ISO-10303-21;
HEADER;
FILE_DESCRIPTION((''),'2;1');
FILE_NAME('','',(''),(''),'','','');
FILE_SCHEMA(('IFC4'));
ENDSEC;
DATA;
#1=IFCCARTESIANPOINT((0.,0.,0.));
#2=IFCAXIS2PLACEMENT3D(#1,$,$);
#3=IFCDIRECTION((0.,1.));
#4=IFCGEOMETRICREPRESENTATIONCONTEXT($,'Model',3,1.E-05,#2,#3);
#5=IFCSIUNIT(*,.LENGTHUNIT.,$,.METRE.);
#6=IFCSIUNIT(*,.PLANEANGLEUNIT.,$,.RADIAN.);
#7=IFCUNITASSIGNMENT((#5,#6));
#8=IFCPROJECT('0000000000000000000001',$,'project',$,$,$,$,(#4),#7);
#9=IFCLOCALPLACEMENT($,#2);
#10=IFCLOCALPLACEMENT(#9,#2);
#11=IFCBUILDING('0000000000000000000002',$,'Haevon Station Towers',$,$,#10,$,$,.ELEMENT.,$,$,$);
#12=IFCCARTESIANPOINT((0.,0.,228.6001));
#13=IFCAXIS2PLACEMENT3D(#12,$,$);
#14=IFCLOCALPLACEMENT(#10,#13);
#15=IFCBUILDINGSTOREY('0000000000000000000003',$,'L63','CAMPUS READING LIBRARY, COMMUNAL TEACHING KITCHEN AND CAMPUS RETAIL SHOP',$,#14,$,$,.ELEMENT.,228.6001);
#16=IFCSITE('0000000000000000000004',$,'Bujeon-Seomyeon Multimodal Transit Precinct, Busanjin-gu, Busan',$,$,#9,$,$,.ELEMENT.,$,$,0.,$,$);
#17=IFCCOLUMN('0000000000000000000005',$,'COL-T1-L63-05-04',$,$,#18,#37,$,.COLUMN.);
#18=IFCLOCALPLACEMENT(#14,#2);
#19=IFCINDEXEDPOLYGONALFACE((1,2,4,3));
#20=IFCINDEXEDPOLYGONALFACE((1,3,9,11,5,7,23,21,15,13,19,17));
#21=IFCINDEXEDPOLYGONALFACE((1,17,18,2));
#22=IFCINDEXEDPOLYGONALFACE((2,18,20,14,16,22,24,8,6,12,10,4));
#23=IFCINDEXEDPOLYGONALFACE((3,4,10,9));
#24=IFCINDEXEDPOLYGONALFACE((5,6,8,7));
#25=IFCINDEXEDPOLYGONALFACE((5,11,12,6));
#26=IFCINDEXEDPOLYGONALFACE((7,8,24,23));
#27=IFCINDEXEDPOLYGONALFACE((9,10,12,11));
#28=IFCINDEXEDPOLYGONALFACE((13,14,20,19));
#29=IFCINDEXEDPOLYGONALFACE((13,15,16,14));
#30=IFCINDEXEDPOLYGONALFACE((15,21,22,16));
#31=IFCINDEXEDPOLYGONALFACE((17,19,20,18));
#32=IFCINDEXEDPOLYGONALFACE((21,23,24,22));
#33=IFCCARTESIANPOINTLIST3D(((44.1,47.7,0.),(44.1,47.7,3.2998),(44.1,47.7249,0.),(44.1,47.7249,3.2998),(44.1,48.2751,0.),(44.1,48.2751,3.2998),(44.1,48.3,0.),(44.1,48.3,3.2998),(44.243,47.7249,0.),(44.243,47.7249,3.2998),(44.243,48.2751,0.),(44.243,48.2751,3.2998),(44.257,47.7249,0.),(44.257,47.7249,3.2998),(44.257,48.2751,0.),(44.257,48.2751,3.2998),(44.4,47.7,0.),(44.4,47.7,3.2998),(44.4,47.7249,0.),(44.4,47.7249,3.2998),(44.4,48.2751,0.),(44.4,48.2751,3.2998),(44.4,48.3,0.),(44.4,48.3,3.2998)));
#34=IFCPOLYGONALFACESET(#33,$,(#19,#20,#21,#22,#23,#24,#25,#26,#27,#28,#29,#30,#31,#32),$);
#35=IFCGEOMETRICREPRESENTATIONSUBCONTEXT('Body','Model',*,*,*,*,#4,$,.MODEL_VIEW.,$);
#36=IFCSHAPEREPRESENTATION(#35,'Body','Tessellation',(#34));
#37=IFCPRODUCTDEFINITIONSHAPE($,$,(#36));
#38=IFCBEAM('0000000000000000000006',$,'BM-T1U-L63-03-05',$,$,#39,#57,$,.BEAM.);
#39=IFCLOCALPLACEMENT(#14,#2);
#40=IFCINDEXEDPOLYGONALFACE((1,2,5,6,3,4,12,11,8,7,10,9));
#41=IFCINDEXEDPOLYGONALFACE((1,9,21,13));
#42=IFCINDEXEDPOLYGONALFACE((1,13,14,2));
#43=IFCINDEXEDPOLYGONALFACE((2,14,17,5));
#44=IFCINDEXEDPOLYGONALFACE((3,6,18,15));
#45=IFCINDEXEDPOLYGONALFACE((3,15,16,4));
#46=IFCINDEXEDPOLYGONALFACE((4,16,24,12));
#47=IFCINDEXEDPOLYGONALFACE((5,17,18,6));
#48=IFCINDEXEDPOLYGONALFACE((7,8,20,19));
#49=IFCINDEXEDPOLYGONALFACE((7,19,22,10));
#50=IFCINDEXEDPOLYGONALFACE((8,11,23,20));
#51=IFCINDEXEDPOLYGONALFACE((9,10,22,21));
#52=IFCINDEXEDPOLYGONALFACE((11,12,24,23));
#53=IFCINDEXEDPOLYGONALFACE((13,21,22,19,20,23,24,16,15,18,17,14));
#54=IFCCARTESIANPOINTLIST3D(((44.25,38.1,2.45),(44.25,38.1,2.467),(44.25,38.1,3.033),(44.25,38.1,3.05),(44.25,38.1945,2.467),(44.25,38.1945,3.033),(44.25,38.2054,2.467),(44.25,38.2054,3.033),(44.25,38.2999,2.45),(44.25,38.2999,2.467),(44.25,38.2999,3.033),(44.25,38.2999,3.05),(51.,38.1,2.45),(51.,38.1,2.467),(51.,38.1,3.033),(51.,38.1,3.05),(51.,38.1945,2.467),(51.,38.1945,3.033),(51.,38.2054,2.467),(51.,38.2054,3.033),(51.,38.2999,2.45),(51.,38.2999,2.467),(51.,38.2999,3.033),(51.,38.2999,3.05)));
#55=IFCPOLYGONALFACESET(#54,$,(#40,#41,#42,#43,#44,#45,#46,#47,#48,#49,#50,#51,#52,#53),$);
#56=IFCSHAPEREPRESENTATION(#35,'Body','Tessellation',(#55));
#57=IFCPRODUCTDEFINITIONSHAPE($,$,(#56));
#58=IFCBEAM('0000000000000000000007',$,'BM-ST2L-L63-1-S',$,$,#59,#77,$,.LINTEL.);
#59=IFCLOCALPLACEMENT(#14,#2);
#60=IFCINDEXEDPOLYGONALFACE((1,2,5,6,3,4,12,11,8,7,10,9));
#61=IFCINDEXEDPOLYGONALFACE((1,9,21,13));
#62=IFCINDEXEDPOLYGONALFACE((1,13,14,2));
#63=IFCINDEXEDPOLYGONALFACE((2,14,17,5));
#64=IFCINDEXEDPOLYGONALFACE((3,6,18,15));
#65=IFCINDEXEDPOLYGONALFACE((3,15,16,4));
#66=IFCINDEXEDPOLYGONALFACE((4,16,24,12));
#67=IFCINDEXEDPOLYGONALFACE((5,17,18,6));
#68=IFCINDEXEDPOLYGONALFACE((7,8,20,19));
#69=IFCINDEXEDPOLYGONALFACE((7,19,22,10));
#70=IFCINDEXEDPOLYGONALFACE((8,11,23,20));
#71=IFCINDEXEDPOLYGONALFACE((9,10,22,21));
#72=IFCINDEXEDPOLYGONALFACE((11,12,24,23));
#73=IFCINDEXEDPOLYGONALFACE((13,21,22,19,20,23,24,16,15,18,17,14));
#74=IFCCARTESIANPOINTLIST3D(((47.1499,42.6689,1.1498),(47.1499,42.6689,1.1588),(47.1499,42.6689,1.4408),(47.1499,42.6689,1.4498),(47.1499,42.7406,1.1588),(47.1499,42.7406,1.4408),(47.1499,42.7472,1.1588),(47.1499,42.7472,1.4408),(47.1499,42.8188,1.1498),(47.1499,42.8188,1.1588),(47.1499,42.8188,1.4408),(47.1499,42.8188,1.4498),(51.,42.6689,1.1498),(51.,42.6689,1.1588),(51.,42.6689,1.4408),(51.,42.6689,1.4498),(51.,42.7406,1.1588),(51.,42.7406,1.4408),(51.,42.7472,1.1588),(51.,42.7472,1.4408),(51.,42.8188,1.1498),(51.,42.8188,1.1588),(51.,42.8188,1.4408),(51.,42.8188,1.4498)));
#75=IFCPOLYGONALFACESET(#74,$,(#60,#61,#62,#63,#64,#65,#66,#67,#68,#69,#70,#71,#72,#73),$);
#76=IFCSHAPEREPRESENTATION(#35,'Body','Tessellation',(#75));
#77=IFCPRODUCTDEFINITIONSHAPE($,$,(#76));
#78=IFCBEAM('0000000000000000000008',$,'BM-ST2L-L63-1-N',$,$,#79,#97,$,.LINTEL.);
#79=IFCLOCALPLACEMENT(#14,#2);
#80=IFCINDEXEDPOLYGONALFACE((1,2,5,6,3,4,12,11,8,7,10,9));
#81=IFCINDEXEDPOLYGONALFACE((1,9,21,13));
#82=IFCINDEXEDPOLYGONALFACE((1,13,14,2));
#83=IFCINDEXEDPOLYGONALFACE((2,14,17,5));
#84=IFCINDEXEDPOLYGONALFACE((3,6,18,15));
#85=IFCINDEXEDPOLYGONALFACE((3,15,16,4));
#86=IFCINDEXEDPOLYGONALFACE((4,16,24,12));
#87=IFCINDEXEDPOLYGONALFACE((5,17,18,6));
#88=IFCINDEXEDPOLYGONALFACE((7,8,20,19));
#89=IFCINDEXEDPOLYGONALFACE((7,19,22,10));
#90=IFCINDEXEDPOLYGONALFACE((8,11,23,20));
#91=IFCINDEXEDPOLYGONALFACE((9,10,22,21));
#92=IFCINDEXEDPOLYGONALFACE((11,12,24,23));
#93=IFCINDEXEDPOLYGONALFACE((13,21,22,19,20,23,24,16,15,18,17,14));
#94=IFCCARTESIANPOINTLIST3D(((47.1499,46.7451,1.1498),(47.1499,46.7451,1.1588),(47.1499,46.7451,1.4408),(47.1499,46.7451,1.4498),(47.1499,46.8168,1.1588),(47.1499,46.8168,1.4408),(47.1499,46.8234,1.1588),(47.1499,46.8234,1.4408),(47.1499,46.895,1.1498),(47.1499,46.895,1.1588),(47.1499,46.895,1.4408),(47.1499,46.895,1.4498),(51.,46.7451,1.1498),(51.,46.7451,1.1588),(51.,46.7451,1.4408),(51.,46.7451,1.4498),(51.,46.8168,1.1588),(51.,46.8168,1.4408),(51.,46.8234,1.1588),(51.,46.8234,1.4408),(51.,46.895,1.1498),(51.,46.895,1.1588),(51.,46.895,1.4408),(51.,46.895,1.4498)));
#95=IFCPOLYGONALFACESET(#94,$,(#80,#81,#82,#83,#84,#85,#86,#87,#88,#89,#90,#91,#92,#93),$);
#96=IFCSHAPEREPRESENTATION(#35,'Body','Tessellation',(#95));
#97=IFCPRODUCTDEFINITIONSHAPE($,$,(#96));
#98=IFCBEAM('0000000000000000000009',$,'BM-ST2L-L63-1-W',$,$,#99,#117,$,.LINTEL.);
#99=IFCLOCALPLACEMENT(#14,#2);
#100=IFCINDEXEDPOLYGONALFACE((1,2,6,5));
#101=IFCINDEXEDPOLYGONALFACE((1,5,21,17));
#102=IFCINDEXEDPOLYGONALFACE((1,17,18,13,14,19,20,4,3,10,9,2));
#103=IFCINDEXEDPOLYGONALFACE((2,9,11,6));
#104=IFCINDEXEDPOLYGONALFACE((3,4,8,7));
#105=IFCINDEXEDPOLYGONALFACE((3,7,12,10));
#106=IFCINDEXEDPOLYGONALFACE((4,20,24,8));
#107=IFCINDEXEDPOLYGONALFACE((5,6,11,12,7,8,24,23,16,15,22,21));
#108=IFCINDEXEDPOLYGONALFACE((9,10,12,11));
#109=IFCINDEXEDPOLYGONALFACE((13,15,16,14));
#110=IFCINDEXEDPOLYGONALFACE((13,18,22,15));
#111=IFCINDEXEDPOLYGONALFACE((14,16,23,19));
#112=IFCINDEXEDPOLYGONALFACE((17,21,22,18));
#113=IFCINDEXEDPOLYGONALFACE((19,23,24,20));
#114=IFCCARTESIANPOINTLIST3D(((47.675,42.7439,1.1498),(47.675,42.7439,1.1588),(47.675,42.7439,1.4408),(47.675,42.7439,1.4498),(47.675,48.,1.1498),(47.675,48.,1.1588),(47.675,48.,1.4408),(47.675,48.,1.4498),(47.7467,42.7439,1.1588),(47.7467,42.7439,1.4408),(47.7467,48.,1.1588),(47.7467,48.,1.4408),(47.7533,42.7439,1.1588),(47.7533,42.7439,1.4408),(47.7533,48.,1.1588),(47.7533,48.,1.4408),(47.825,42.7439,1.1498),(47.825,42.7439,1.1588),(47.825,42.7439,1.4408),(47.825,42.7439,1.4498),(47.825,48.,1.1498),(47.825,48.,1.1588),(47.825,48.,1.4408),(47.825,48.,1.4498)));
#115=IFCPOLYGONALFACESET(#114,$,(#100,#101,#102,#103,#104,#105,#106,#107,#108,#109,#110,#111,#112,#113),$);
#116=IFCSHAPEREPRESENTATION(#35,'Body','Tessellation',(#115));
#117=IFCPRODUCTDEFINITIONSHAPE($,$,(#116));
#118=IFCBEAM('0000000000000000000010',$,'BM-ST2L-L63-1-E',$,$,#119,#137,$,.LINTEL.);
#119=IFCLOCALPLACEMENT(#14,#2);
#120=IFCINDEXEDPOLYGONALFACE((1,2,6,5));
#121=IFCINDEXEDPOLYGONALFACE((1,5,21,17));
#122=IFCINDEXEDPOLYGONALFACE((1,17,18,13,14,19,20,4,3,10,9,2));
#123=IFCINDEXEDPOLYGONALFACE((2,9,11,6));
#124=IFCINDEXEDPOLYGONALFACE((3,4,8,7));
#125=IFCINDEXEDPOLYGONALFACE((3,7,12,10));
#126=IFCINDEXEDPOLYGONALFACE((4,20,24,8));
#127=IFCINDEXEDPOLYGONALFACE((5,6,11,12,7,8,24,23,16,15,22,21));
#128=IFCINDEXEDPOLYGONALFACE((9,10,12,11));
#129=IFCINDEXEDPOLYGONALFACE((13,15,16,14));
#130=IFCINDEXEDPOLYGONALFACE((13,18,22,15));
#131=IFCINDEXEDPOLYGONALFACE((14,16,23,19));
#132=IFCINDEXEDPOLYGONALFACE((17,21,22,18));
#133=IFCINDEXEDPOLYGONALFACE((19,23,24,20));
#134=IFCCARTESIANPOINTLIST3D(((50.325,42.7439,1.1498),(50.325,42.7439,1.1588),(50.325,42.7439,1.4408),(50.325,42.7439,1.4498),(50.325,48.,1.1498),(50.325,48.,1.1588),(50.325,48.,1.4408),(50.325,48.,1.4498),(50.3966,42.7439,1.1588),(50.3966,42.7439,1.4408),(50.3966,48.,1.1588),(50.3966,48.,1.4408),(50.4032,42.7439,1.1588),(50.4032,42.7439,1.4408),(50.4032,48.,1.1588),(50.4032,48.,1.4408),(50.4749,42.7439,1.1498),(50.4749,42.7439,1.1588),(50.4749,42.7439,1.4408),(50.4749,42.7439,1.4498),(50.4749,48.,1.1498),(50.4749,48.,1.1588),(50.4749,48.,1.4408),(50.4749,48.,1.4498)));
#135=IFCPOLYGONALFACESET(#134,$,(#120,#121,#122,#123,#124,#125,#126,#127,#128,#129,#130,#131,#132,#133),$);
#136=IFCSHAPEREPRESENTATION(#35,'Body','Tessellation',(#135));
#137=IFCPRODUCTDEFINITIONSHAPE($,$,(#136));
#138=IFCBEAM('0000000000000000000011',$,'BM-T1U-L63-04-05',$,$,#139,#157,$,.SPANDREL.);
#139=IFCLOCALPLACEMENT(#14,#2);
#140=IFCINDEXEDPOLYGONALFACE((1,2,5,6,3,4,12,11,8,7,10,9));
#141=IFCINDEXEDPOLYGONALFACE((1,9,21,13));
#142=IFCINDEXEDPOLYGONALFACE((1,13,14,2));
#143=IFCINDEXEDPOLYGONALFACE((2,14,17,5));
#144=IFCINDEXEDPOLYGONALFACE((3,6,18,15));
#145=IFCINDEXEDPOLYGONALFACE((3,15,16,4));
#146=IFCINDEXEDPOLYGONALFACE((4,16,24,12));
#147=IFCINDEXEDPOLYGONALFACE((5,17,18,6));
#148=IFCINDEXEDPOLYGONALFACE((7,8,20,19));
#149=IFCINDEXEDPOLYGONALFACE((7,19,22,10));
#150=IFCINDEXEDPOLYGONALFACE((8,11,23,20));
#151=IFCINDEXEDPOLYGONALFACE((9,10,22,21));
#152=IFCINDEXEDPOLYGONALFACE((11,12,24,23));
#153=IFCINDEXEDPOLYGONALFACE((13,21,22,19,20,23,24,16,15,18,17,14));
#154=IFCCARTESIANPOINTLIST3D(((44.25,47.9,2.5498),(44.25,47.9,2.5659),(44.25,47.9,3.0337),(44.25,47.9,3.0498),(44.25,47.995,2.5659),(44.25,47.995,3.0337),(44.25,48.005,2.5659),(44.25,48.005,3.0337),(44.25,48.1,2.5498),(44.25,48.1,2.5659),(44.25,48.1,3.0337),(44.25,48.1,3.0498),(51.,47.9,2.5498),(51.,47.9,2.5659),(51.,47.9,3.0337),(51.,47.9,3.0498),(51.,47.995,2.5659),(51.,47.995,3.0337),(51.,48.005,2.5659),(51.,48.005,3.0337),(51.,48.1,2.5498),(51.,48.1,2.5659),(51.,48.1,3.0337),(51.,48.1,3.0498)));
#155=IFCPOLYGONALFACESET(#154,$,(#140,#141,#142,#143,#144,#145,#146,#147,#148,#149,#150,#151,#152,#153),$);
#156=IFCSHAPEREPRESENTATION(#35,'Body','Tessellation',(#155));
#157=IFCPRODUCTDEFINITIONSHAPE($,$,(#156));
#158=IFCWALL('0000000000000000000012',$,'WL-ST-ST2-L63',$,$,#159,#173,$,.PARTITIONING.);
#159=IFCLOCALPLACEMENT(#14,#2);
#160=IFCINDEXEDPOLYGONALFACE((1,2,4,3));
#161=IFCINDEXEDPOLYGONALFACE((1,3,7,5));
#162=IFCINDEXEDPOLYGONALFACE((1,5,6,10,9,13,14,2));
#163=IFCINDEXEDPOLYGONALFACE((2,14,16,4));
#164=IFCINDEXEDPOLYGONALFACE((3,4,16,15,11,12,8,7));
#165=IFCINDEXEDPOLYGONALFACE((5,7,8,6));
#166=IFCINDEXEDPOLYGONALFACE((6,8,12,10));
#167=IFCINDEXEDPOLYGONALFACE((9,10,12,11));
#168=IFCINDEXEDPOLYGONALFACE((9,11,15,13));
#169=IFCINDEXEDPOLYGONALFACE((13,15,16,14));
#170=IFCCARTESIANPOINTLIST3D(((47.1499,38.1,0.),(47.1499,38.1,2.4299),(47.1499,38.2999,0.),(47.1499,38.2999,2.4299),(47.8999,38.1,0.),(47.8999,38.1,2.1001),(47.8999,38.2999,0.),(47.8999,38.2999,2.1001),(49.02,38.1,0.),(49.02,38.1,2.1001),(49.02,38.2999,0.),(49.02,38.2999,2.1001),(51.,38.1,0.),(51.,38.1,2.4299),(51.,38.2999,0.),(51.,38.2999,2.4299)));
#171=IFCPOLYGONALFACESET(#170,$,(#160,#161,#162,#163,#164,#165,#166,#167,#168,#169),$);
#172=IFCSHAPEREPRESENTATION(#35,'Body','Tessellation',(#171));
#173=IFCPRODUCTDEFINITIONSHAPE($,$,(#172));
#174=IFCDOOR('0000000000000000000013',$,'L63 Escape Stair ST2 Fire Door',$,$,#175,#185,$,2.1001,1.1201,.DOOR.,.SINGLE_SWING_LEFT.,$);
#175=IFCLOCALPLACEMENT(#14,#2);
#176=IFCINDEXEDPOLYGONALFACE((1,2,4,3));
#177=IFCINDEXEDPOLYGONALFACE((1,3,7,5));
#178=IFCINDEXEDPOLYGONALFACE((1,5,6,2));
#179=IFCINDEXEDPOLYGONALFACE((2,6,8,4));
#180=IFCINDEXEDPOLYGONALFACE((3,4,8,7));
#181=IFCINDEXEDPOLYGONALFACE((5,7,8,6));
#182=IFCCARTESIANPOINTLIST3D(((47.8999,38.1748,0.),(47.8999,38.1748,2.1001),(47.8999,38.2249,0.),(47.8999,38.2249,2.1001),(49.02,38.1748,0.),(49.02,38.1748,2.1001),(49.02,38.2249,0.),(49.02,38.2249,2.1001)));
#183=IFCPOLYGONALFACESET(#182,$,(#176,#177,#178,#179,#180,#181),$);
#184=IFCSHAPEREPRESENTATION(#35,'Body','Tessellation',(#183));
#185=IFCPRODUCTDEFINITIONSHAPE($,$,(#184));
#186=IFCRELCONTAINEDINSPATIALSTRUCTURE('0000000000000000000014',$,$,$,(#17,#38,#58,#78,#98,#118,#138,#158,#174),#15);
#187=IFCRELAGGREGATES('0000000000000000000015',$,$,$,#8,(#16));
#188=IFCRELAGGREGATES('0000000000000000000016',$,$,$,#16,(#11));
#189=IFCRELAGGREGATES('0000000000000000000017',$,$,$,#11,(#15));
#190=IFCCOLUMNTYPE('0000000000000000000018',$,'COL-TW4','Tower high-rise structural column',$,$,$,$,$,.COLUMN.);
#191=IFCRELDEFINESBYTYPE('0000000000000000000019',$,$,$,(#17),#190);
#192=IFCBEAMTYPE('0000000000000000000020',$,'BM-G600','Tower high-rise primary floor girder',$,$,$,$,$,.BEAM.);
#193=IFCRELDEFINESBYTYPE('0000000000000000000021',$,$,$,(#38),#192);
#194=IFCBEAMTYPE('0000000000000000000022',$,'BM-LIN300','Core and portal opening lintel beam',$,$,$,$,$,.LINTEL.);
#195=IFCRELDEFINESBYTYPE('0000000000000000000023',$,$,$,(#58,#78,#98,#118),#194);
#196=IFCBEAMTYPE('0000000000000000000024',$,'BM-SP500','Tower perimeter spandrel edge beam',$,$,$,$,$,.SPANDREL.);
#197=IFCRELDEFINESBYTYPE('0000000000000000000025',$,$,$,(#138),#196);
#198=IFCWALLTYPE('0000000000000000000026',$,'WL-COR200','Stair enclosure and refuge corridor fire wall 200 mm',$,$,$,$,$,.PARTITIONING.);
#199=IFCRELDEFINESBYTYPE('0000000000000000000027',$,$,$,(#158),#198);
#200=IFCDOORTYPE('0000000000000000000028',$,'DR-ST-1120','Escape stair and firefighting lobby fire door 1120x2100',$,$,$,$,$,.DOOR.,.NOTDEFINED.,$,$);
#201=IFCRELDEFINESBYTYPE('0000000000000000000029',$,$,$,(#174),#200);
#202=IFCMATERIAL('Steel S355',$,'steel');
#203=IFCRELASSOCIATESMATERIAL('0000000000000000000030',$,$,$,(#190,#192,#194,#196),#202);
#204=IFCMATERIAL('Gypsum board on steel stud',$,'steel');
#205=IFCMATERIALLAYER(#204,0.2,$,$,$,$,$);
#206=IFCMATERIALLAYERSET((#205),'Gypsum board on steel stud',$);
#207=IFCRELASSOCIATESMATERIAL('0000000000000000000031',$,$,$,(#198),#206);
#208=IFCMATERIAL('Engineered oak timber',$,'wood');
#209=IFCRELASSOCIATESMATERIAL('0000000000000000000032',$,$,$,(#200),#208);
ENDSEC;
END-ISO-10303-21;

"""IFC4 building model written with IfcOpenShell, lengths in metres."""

from ifc_helpers import new_model, si_unit, direction, frame, frame_2d, origin, origin_2d, place, context, subcontext, project, spatial, rectangle, i_section, extrude, material, layer, layer_set, material_profile, profile_set, type_object, element, fill, save


model = new_model("IFC4")

# Units and contexts
model_context = context("Model", 3, precision=1e-05, world=origin(), true_north=direction((0.0, 1.0)))
body_context = subcontext(model_context, "Body", "Model", "MODEL_VIEW")
ifc_project = project(units=[si_unit("LENGTHUNIT", "METRE"), si_unit("PLANEANGLEUNIT", "RADIAN")], contexts=[model_context])

# Site, building, storey
site_placement = place(None, origin())
site = spatial("IfcSite", under=ifc_project, at=site_placement, Name="Bujeon-Seomyeon Multimodal Transit Precinct, Busanjin-gu, Busan", CompositionType="ELEMENT", RefElevation=0.0)
building_placement = place(site_placement, origin())
building = spatial("IfcBuilding", under=site, at=building_placement, Name="Haevon Station Towers", CompositionType="ELEMENT")
storey_placement = place(building_placement, frame((0.0, 0.0, 228.6001)))
storey = spatial("IfcBuildingStorey", under=building, at=storey_placement, Name="L63", Description="CAMPUS READING LIBRARY, COMMUNAL TEACHING KITCHEN AND CAMPUS RETAIL SHOP", CompositionType="ELEMENT", Elevation=228.6001)

# Column
ifc_material_1 = material(Name="Steel S355", Category="steel")
ifc_material_profile_1 = material_profile(ifc_material_1, i_section(OverallWidth=0.3, OverallDepth=0.6001, WebThickness=0.0139, FlangeThickness=0.0249, at=origin_2d()), Name="H-600x300x14x25")
ifc_profile_set_1 = profile_set([ifc_material_profile_1], Name="Steel S355")
column_type = type_object("IfcColumnType", Name="COL-TW4", Description="Tower high-rise structural column", PredefinedType="COLUMN", material=ifc_profile_set_1)
column_placement = place(storey_placement, frame((44.25, 48.0, 0.0), z_axis=(0.0, 0.0, 1.0), x_axis=(1.0, 0.0, 0.0)))
element("IfcColumn", 1, at=column_placement, inside=storey, type_object=column_type, Name="COL-T1-L63-05-04", PredefinedType="COLUMN", context=body_context, shape_type="SweptSolid", body=[
    extrude(i_section(OverallWidth=0.3, OverallDepth=0.6001, WebThickness=0.0139, FlangeThickness=0.0249, at=origin_2d()), origin(), (0.0, 0.0, 1.0), 3.2998),
])

# Beams
ifc_material_profile_2 = material_profile(ifc_material_1, i_section(OverallWidth=0.2, OverallDepth=0.6001, WebThickness=0.011, FlangeThickness=0.0171, at=origin_2d()), Name="H-600x200x11x17")
ifc_profile_set_2 = profile_set([ifc_material_profile_2], Name="Steel S355")
beam_type_1 = type_object("IfcBeamType", Name="BM-G600", Description="Tower high-rise primary floor girder", PredefinedType="BEAM", material=ifc_profile_set_2)
beam_1_placement = place(storey_placement, frame((44.25, 38.2, 2.75), z_axis=(1.0, 0.0, 0.0), x_axis=(0.0, 1.0, 0.0)))
element("IfcBeam", 2, at=beam_1_placement, inside=storey, type_object=beam_type_1, Name="BM-T1U-L63-03-05", PredefinedType="BEAM", context=body_context, shape_type="SweptSolid", body=[
    extrude(i_section(OverallWidth=0.2, OverallDepth=0.6001, WebThickness=0.011, FlangeThickness=0.0171, at=origin_2d()), origin(), (0.0, 0.0, 1.0), 6.75),
])
ifc_material_profile_3 = material_profile(ifc_material_1, i_section(OverallWidth=0.1499, OverallDepth=0.3, WebThickness=0.0066, FlangeThickness=0.009, at=origin_2d()), Name="H-300x150x6.5x9")
ifc_profile_set_3 = profile_set([ifc_material_profile_3], Name="Steel S355")
beam_type_2 = type_object("IfcBeamType", Name="BM-LIN300", Description="Core and portal opening lintel beam", PredefinedType="LINTEL", material=ifc_profile_set_3)
for number, where, z_axis, x_axis, name in (
    (3, (47.1499, 42.7439, 1.2998), (1.0, 0.0, 0.0), (0.0, 1.0, 0.0), "BM-ST2L-L63-1-S"),
    (4, (47.1499, 46.8201, 1.2998), (1.0, 0.0, 0.0), (0.0, 1.0, 0.0), "BM-ST2L-L63-1-N"),
):
    element("IfcBeam", number, at=place(storey_placement, frame(where, z_axis=z_axis, x_axis=x_axis)), inside=storey, type_object=beam_type_2, Name=name, PredefinedType="LINTEL", context=body_context, shape_type="SweptSolid", body=[
        extrude(i_section(OverallWidth=0.1499, OverallDepth=0.3, WebThickness=0.0066, FlangeThickness=0.009, at=origin_2d()), origin(), (0.0, 0.0, 1.0), 3.8501),
    ])
for number, where, z_axis, x_axis, name in (
    (5, (47.75, 42.7439, 1.2998), (0.0, 1.0, 0.0), (-1.0, 0.0, 0.0), "BM-ST2L-L63-1-W"),
    (6, (50.3999, 42.7439, 1.2998), (0.0, 1.0, 0.0), (-1.0, 0.0, 0.0), "BM-ST2L-L63-1-E"),
):
    element("IfcBeam", number, at=place(storey_placement, frame(where, z_axis=z_axis, x_axis=x_axis)), inside=storey, type_object=beam_type_2, Name=name, PredefinedType="LINTEL", context=body_context, shape_type="SweptSolid", body=[
        extrude(i_section(OverallWidth=0.1499, OverallDepth=0.3, WebThickness=0.0066, FlangeThickness=0.009, at=origin_2d()), origin(), (0.0, 0.0, 1.0), 5.2561),
    ])
ifc_material_profile_4 = material_profile(ifc_material_1, i_section(OverallWidth=0.2, OverallDepth=0.5, WebThickness=0.01, FlangeThickness=0.0161, at=origin_2d()), Name="H-500x200x10x16")
ifc_profile_set_4 = profile_set([ifc_material_profile_4], Name="Steel S355")
beam_type_3 = type_object("IfcBeamType", Name="BM-SP500", Description="Tower perimeter spandrel edge beam", PredefinedType="SPANDREL", material=ifc_profile_set_4)
beam_2_placement = place(storey_placement, frame((44.25, 48.0, 2.7998), z_axis=(1.0, 0.0, 0.0), x_axis=(0.0, 1.0, 0.0)))
element("IfcBeam", 7, at=beam_2_placement, inside=storey, type_object=beam_type_3, Name="BM-T1U-L63-04-05", PredefinedType="SPANDREL", context=body_context, shape_type="SweptSolid", body=[
    extrude(i_section(OverallWidth=0.2, OverallDepth=0.5, WebThickness=0.01, FlangeThickness=0.0161, at=origin_2d()), origin(), (0.0, 0.0, 1.0), 6.75),
])

# Wall, opening, door
ifc_material_2 = material(Name="Gypsum board on steel stud", Category="steel")
ifc_layer_1 = layer(ifc_material_2, 0.2)
ifc_layer_set_1 = layer_set([ifc_layer_1], Name="Gypsum board on steel stud")
wall_type_1 = type_object("IfcWallType", Name="WL-COR200", Description="Stair enclosure and refuge corridor fire wall 200 mm", PredefinedType="PARTITIONING", material=ifc_layer_set_1)
wall_1_placement = place(storey_placement, frame((47.1499, 38.2, 0.0), z_axis=(0.0, 0.0, 1.0), x_axis=(1.0, 0.0, 0.0)))
wall_1 = element("IfcWall", 8, at=wall_1_placement, inside=storey, type_object=wall_type_1, Name="WL-ST-ST2-L63", PredefinedType="PARTITIONING", context=body_context, shape_type="SweptSolid", body=[
    extrude(rectangle(XDim=3.8501, YDim=0.2, at=frame_2d((1.925, 0.0))), origin(), (0.0, 0.0, 1.0), 2.4299),
])
opening_1_placement = place(wall_1_placement, frame((0.75, 0.0, 0.0)))
opening_1 = element("IfcOpeningElement", 9, at=opening_1_placement, cuts=wall_1, PredefinedType="OPENING", context=body_context, shape_type="SweptSolid", body=[
    extrude(rectangle(XDim=1.1201, YDim=2.1001, at=frame_2d((0.5601, 1.05))), frame((0.0, 0.1099, 0.0), z_axis=(0.0, -1.0, 0.0), x_axis=(1.0, 0.0, 0.0)), (0.0, 0.0, 1.0), 0.22),
])
ifc_material_3 = material(Name="Engineered oak timber", Category="wood")
door_type_1 = type_object("IfcDoorType", Name="DR-ST-1120", Description="Escape stair and firefighting lobby fire door 1120x2100", OperationType="NOTDEFINED", PredefinedType="DOOR", material=ifc_material_3)
door_1_placement = place(opening_1_placement, origin())
door_1 = element("IfcDoor", 10, at=door_1_placement, inside=storey, type_object=door_type_1, Name="L63 Escape Stair ST2 Fire Door", OperationType="SINGLE_SWING_LEFT", OverallHeight=2.1001, OverallWidth=1.1201, PredefinedType="DOOR", context=body_context, shape_type="SweptSolid", body=[
    extrude(rectangle(XDim=1.1201, YDim=2.1001, at=frame_2d((0.5601, 1.05))), frame((0.0, 0.0249, 0.0), z_axis=(0.0, -1.0, 0.0), x_axis=(1.0, 0.0, 0.0)), (0.0, 0.0, 1.0), 0.05),
])
fill(opening_1, door_1)

save(model, "model.ifc")
